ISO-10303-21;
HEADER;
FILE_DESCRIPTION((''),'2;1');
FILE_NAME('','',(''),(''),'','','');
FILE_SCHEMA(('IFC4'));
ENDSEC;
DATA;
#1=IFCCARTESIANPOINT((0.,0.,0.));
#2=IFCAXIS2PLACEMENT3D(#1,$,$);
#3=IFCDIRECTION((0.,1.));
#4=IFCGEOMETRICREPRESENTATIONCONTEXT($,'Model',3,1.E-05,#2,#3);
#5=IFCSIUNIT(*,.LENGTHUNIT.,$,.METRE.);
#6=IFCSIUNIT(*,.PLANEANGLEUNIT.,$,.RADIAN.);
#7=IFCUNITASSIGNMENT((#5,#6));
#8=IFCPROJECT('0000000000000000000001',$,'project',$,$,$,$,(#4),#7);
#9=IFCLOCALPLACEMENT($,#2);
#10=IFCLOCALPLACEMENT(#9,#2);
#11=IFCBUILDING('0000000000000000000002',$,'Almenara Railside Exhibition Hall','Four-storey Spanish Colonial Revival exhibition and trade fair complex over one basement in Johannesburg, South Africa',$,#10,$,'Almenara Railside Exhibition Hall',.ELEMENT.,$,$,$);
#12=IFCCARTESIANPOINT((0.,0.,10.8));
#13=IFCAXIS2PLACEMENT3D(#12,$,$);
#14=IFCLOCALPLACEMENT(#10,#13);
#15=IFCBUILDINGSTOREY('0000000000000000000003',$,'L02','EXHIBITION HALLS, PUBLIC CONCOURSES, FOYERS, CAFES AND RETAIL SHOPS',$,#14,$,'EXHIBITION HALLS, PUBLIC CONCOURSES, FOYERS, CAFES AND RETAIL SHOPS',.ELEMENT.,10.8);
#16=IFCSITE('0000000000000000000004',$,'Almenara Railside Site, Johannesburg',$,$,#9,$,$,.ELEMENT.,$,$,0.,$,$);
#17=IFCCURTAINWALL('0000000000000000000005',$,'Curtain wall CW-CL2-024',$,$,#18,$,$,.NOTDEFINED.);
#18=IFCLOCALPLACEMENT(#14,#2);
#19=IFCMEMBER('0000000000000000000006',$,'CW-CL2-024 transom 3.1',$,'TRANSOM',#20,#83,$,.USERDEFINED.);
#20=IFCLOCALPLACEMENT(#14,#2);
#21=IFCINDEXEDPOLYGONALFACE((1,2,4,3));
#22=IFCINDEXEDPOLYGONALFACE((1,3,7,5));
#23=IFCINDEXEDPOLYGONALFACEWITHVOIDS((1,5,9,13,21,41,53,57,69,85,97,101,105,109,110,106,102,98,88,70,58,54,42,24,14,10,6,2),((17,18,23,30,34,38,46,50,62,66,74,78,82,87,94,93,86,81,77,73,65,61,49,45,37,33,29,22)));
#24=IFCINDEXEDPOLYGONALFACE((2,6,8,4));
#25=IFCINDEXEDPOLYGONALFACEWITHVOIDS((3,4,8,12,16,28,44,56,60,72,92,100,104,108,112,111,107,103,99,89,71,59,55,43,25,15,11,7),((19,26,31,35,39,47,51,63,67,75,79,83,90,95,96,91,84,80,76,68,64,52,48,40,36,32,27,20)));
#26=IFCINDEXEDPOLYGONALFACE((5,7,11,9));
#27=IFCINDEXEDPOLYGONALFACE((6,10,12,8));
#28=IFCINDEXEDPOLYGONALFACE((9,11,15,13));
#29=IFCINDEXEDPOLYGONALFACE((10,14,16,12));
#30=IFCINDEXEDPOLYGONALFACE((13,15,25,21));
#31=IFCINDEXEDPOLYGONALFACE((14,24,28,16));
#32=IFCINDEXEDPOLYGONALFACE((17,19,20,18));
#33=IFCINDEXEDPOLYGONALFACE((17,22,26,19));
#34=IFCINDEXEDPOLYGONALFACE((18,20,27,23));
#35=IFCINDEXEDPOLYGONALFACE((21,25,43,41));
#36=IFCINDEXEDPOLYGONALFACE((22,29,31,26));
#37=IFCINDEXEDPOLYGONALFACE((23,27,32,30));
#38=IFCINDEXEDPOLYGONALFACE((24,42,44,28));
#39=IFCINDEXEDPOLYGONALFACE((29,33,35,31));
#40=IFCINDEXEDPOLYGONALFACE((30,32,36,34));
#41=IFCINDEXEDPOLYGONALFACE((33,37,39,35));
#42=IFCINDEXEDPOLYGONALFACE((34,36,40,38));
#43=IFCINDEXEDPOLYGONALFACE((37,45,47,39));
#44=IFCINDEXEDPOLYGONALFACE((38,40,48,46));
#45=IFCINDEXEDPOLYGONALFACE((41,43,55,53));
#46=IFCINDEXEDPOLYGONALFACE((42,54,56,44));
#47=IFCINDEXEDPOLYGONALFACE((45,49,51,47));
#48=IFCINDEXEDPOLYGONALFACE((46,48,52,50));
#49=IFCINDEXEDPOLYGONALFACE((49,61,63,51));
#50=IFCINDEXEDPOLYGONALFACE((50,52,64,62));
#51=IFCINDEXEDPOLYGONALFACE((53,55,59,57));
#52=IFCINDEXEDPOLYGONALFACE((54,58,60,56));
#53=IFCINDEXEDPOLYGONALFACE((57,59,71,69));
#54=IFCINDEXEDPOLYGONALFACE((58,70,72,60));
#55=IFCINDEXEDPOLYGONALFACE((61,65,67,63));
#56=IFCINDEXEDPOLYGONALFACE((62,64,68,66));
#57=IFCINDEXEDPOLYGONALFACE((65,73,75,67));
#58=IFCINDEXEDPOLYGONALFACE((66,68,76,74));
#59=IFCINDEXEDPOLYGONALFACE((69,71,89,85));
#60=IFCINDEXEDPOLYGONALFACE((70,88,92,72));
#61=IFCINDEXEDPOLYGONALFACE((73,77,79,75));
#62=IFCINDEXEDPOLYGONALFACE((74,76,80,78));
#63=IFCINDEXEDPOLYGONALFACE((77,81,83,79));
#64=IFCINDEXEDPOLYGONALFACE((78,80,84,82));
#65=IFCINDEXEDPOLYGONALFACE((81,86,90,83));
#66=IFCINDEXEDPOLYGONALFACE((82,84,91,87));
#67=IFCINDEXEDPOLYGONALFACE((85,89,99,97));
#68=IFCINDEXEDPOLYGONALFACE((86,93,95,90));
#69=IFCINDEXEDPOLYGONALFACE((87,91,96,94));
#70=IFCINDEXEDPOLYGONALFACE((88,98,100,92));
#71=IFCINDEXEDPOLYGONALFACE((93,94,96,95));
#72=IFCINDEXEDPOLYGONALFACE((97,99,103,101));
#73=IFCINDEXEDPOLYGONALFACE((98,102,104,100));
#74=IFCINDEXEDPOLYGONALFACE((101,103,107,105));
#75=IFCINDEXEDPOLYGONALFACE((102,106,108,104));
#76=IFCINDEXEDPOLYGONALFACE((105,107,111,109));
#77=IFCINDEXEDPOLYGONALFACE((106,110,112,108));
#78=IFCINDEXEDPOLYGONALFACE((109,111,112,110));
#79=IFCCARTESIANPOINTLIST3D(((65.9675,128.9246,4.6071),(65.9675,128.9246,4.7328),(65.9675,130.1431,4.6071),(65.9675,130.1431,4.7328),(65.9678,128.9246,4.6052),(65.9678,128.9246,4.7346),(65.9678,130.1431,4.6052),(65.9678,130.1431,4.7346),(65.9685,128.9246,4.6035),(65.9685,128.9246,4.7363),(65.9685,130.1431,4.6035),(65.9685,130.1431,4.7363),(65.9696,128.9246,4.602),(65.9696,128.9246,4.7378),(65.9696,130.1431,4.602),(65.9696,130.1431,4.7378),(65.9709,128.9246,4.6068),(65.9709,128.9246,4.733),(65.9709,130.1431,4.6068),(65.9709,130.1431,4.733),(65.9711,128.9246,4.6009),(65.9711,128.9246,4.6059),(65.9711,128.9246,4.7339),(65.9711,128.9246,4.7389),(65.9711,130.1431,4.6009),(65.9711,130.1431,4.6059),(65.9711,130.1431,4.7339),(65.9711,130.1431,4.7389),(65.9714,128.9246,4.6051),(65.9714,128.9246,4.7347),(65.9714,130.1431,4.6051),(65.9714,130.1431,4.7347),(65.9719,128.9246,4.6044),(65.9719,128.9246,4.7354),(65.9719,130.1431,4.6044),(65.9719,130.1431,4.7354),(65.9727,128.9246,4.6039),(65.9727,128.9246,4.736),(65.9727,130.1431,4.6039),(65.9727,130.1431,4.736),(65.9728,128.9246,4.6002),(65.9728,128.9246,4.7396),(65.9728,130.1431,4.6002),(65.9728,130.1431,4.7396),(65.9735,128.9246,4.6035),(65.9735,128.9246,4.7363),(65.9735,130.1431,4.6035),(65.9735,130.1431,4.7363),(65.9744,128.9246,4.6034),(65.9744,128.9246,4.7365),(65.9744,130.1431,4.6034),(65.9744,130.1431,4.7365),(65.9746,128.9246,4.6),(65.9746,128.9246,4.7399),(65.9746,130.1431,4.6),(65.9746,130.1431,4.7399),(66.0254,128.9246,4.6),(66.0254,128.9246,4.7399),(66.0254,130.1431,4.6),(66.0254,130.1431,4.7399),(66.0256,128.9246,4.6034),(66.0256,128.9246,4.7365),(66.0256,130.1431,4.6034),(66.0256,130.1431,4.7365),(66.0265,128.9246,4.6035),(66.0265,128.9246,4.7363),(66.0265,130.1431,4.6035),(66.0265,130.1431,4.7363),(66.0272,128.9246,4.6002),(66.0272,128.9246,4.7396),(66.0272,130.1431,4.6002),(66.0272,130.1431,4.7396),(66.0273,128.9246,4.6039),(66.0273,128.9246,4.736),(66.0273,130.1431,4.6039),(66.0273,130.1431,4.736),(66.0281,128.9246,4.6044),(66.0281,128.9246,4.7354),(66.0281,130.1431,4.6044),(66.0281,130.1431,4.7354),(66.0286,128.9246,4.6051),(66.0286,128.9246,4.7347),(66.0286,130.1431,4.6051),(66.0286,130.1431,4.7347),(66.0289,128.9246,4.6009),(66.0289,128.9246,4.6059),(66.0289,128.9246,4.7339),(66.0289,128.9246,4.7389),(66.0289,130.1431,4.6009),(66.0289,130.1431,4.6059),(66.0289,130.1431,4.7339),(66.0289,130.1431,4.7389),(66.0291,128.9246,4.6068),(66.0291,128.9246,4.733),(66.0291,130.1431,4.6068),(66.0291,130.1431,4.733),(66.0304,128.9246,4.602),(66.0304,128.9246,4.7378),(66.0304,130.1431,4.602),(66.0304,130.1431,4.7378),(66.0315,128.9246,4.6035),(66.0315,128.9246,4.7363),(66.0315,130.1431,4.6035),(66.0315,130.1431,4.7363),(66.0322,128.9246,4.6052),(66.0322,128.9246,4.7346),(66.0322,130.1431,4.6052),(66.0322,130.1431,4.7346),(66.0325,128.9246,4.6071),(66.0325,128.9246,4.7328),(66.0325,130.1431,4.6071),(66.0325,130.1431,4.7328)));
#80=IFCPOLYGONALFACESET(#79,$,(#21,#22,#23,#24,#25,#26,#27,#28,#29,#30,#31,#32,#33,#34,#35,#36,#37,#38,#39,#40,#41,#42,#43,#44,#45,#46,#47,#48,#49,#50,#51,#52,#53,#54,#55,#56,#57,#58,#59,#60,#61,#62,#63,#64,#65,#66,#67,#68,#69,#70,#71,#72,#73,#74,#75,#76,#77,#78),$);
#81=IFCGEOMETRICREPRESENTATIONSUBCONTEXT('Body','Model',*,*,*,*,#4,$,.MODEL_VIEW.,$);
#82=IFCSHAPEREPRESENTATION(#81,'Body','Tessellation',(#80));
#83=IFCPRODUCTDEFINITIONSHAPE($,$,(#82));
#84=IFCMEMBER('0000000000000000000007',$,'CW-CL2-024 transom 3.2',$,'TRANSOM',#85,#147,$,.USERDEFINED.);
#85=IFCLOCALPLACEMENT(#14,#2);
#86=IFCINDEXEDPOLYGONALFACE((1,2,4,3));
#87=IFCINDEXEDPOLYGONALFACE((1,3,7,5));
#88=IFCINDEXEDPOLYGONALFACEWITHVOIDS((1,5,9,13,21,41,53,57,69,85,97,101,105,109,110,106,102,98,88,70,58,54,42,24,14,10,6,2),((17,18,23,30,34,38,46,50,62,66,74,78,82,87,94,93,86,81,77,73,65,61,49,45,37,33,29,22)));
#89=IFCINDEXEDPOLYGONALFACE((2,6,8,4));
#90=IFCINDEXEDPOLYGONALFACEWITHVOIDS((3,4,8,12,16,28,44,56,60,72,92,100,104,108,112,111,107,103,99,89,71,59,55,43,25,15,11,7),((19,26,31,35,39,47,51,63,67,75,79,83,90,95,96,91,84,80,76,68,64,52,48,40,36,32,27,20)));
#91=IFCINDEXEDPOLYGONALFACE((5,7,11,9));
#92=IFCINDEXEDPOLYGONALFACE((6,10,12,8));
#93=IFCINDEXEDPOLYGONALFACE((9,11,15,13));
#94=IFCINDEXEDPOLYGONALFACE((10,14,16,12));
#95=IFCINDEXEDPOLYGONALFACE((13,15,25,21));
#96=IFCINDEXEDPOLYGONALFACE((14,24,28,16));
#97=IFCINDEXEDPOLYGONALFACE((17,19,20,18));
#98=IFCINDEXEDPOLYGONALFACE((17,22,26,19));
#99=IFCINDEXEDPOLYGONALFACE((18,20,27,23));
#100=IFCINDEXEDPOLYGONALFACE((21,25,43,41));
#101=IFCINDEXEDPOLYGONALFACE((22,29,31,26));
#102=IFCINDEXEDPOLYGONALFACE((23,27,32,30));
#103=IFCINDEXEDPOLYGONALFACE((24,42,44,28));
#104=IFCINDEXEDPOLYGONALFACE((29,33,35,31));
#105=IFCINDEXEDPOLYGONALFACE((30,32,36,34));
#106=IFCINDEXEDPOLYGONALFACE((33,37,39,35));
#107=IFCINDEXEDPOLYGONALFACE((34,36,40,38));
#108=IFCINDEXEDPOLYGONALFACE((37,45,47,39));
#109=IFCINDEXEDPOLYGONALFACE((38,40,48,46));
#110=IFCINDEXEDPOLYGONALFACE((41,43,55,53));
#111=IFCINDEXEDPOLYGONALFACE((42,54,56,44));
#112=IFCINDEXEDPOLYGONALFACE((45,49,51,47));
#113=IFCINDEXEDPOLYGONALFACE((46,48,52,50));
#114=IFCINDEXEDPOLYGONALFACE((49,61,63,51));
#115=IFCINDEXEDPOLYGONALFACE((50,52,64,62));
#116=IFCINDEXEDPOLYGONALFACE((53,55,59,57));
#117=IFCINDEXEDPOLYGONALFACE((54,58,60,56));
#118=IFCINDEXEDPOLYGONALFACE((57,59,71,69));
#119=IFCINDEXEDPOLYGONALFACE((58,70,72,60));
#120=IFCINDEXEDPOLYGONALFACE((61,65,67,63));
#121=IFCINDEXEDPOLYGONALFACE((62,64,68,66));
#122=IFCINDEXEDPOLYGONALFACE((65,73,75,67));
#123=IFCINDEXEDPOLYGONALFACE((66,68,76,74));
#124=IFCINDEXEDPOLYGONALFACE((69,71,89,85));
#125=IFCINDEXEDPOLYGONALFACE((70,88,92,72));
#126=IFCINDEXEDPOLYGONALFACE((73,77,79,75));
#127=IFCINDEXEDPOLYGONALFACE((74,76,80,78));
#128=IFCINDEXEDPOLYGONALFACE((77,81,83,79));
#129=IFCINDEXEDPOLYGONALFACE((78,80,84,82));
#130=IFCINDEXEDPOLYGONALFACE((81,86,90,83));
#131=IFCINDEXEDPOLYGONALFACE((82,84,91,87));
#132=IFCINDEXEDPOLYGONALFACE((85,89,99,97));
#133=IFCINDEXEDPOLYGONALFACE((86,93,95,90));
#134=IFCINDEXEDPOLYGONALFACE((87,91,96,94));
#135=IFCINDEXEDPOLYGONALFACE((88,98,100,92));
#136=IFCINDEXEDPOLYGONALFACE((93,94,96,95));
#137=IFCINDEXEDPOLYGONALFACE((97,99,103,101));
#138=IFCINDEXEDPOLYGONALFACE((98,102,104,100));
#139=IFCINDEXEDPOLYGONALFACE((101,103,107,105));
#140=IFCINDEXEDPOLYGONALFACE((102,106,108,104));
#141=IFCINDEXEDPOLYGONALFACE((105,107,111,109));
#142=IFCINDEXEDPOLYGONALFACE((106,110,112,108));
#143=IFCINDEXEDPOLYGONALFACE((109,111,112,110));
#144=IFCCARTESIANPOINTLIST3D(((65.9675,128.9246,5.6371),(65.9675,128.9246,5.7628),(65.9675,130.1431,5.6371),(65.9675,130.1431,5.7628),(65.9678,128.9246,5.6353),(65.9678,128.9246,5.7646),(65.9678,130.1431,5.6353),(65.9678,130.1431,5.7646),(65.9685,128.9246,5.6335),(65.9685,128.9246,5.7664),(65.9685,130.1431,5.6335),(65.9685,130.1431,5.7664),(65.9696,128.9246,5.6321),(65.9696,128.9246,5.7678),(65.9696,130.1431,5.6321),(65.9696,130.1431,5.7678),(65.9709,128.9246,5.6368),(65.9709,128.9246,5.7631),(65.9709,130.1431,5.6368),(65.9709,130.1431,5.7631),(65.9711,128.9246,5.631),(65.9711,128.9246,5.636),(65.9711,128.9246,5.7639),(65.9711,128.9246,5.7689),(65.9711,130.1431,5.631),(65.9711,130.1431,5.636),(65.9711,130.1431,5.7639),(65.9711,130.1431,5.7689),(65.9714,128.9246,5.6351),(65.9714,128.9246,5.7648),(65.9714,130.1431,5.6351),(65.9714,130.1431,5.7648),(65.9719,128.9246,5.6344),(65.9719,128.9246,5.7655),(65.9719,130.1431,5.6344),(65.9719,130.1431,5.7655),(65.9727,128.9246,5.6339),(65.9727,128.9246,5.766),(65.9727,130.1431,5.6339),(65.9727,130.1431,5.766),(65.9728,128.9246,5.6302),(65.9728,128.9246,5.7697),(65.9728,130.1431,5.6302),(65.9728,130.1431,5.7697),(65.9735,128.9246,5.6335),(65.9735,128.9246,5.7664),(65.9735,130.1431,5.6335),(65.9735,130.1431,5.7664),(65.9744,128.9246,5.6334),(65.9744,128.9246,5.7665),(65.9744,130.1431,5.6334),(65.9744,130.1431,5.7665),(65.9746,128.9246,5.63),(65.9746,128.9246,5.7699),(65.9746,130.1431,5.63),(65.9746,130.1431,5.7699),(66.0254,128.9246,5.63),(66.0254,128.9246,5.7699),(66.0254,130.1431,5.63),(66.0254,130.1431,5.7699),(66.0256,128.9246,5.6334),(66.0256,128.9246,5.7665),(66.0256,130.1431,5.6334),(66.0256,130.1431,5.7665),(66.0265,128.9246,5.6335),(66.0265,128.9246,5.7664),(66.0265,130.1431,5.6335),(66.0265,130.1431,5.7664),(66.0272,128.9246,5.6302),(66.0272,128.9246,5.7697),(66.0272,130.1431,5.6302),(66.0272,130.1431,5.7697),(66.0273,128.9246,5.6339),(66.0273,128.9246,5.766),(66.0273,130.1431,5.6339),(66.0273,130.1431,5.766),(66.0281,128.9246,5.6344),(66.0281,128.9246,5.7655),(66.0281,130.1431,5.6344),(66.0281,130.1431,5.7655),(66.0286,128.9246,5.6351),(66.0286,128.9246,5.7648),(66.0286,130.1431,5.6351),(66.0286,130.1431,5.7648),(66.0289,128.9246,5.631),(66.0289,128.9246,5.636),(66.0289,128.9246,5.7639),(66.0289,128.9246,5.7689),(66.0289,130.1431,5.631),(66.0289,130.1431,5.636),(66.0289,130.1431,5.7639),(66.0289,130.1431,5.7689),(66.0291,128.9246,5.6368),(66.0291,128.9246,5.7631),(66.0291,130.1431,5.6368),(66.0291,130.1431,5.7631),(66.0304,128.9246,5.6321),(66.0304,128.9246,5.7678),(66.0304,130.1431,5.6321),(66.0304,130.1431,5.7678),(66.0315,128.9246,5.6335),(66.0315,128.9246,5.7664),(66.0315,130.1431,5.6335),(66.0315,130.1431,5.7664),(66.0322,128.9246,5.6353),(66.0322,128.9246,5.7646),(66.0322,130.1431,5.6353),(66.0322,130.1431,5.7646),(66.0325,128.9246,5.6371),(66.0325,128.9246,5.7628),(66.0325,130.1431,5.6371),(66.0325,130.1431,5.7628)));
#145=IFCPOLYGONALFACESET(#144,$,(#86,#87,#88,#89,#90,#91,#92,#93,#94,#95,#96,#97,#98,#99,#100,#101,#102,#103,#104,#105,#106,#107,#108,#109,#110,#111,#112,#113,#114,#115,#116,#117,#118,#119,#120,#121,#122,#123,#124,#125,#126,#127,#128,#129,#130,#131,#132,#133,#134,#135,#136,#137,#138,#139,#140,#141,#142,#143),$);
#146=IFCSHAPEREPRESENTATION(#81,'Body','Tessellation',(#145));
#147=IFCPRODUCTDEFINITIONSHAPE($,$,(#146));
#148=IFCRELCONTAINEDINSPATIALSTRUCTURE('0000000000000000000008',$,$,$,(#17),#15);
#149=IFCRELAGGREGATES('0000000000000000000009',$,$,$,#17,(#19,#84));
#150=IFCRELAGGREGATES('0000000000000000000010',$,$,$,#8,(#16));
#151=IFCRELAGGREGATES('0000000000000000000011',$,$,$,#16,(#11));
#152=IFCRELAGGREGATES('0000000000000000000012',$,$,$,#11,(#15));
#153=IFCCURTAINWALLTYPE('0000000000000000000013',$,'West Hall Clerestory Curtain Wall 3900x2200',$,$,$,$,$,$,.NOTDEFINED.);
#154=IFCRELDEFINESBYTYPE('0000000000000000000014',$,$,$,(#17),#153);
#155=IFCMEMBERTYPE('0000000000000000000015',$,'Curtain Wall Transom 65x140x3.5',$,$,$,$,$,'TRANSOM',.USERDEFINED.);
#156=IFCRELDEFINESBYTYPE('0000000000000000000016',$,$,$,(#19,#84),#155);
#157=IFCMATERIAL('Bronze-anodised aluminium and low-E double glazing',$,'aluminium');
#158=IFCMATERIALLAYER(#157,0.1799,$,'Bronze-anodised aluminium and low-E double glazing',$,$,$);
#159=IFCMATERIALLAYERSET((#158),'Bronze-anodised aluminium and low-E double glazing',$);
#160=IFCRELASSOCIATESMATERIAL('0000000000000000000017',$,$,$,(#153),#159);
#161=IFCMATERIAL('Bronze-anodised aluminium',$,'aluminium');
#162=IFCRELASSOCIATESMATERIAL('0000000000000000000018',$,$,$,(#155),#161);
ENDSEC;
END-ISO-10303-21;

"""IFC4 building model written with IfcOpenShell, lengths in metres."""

from ifc_helpers import new_model, si_unit, direction, frame, origin, origin_2d, place, context, subcontext, project, spatial, hollow_rectangle, extrude, material, layer, layer_set, material_profile, profile_set, type_object, element, aggregate, save


model = new_model("IFC4")

# Units and contexts
model_context = context("Model", 3, precision=1e-05, world=origin(), true_north=direction((0.0, 1.0)))
body_context = subcontext(model_context, "Body", "Model", "MODEL_VIEW")
ifc_project = project(units=[si_unit("LENGTHUNIT", "METRE"), si_unit("PLANEANGLEUNIT", "RADIAN")], contexts=[model_context])

# Site, building, storey
site_placement = place(None, origin())
site = spatial("IfcSite", under=ifc_project, at=site_placement, Name="Almenara Railside Site, Johannesburg", CompositionType="ELEMENT", RefElevation=0.0)
building_placement = place(site_placement, origin())
building = spatial("IfcBuilding", under=site, at=building_placement, Name="Almenara Railside Exhibition Hall", Description="Four-storey Spanish Colonial Revival exhibition and trade fair complex over one basement in Johannesburg, South Africa", LongName="Almenara Railside Exhibition Hall", CompositionType="ELEMENT")
storey_placement = place(building_placement, frame((0.0, 0.0, 10.8)))
storey = spatial("IfcBuildingStorey", under=building, at=storey_placement, Name="L02", Description="EXHIBITION HALLS, PUBLIC CONCOURSES, FOYERS, CAFES AND RETAIL SHOPS", LongName="EXHIBITION HALLS, PUBLIC CONCOURSES, FOYERS, CAFES AND RETAIL SHOPS", CompositionType="ELEMENT", Elevation=10.8)

# Curtain wall
ifc_material_1 = material(Name="Bronze-anodised aluminium and low-E double glazing", Category="aluminium")
ifc_layer_1 = layer(ifc_material_1, 0.1799, Name="Bronze-anodised aluminium and low-E double glazing")
ifc_layer_set_1 = layer_set([ifc_layer_1], Name="Bronze-anodised aluminium and low-E double glazing")
curtain_wall_type = type_object("IfcCurtainWallType", Name="West Hall Clerestory Curtain Wall 3900x2200", PredefinedType="NOTDEFINED", material=ifc_layer_set_1)
curtain_wall_1_placement = place(storey_placement, origin())
curtain_wall_1 = element("IfcCurtainWall", 1, at=curtain_wall_1_placement, inside=storey, type_object=curtain_wall_type, Name="Curtain wall CW-CL2-024", PredefinedType="NOTDEFINED")
ifc_material_2 = material(Name="Bronze-anodised aluminium", Category="aluminium")

# Members
ifc_material_profile_1 = material_profile(ifc_material_2, hollow_rectangle(XDim=0.0649, YDim=0.1399, WallThickness=0.0034, InnerFilletRadius=0.0034, OuterFilletRadius=0.0071, at=origin_2d()), Name="ALU-TRN 65x140x3.5")
ifc_profile_set_1 = profile_set([ifc_material_profile_1], Name="Bronze-anodised aluminium")
member_type_1 = type_object("IfcMemberType", Name="Curtain Wall Transom 65x140x3.5", ElementType="TRANSOM", PredefinedType="USERDEFINED", material=ifc_profile_set_1)
member_1_placement = place(storey_placement, frame((66.0, 128.9246, 4.6699), z_axis=(0.0, 1.0, 0.0), x_axis=(-1.0, 0.0, 0.0)))
member_1 = element("IfcMember", 2, at=member_1_placement, type_object=member_type_1, Name="CW-CL2-024 transom 3.1", ObjectType="TRANSOM", PredefinedType="USERDEFINED", context=body_context, shape_type="SweptSolid", body=[
    extrude(hollow_rectangle(XDim=0.0649, YDim=0.1399, WallThickness=0.0034, InnerFilletRadius=0.0034, OuterFilletRadius=0.0071, at=origin_2d()), origin(), (0.0, 0.0, 1.0), 1.2185),
])
member_2_placement = place(storey_placement, frame((66.0, 128.9246, 5.7), z_axis=(0.0, 1.0, 0.0), x_axis=(-1.0, 0.0, 0.0)))
member_2 = element("IfcMember", 3, at=member_2_placement, type_object=member_type_1, Name="CW-CL2-024 transom 3.2", ObjectType="TRANSOM", PredefinedType="USERDEFINED", context=body_context, shape_type="SweptSolid", body=[
    extrude(hollow_rectangle(XDim=0.0649, YDim=0.1399, WallThickness=0.0034, InnerFilletRadius=0.0034, OuterFilletRadius=0.0071, at=origin_2d()), origin(), (0.0, 0.0, 1.0), 1.2185),
])

aggregate(curtain_wall_1, [member_1, member_2])

save(model, "model.ifc")
